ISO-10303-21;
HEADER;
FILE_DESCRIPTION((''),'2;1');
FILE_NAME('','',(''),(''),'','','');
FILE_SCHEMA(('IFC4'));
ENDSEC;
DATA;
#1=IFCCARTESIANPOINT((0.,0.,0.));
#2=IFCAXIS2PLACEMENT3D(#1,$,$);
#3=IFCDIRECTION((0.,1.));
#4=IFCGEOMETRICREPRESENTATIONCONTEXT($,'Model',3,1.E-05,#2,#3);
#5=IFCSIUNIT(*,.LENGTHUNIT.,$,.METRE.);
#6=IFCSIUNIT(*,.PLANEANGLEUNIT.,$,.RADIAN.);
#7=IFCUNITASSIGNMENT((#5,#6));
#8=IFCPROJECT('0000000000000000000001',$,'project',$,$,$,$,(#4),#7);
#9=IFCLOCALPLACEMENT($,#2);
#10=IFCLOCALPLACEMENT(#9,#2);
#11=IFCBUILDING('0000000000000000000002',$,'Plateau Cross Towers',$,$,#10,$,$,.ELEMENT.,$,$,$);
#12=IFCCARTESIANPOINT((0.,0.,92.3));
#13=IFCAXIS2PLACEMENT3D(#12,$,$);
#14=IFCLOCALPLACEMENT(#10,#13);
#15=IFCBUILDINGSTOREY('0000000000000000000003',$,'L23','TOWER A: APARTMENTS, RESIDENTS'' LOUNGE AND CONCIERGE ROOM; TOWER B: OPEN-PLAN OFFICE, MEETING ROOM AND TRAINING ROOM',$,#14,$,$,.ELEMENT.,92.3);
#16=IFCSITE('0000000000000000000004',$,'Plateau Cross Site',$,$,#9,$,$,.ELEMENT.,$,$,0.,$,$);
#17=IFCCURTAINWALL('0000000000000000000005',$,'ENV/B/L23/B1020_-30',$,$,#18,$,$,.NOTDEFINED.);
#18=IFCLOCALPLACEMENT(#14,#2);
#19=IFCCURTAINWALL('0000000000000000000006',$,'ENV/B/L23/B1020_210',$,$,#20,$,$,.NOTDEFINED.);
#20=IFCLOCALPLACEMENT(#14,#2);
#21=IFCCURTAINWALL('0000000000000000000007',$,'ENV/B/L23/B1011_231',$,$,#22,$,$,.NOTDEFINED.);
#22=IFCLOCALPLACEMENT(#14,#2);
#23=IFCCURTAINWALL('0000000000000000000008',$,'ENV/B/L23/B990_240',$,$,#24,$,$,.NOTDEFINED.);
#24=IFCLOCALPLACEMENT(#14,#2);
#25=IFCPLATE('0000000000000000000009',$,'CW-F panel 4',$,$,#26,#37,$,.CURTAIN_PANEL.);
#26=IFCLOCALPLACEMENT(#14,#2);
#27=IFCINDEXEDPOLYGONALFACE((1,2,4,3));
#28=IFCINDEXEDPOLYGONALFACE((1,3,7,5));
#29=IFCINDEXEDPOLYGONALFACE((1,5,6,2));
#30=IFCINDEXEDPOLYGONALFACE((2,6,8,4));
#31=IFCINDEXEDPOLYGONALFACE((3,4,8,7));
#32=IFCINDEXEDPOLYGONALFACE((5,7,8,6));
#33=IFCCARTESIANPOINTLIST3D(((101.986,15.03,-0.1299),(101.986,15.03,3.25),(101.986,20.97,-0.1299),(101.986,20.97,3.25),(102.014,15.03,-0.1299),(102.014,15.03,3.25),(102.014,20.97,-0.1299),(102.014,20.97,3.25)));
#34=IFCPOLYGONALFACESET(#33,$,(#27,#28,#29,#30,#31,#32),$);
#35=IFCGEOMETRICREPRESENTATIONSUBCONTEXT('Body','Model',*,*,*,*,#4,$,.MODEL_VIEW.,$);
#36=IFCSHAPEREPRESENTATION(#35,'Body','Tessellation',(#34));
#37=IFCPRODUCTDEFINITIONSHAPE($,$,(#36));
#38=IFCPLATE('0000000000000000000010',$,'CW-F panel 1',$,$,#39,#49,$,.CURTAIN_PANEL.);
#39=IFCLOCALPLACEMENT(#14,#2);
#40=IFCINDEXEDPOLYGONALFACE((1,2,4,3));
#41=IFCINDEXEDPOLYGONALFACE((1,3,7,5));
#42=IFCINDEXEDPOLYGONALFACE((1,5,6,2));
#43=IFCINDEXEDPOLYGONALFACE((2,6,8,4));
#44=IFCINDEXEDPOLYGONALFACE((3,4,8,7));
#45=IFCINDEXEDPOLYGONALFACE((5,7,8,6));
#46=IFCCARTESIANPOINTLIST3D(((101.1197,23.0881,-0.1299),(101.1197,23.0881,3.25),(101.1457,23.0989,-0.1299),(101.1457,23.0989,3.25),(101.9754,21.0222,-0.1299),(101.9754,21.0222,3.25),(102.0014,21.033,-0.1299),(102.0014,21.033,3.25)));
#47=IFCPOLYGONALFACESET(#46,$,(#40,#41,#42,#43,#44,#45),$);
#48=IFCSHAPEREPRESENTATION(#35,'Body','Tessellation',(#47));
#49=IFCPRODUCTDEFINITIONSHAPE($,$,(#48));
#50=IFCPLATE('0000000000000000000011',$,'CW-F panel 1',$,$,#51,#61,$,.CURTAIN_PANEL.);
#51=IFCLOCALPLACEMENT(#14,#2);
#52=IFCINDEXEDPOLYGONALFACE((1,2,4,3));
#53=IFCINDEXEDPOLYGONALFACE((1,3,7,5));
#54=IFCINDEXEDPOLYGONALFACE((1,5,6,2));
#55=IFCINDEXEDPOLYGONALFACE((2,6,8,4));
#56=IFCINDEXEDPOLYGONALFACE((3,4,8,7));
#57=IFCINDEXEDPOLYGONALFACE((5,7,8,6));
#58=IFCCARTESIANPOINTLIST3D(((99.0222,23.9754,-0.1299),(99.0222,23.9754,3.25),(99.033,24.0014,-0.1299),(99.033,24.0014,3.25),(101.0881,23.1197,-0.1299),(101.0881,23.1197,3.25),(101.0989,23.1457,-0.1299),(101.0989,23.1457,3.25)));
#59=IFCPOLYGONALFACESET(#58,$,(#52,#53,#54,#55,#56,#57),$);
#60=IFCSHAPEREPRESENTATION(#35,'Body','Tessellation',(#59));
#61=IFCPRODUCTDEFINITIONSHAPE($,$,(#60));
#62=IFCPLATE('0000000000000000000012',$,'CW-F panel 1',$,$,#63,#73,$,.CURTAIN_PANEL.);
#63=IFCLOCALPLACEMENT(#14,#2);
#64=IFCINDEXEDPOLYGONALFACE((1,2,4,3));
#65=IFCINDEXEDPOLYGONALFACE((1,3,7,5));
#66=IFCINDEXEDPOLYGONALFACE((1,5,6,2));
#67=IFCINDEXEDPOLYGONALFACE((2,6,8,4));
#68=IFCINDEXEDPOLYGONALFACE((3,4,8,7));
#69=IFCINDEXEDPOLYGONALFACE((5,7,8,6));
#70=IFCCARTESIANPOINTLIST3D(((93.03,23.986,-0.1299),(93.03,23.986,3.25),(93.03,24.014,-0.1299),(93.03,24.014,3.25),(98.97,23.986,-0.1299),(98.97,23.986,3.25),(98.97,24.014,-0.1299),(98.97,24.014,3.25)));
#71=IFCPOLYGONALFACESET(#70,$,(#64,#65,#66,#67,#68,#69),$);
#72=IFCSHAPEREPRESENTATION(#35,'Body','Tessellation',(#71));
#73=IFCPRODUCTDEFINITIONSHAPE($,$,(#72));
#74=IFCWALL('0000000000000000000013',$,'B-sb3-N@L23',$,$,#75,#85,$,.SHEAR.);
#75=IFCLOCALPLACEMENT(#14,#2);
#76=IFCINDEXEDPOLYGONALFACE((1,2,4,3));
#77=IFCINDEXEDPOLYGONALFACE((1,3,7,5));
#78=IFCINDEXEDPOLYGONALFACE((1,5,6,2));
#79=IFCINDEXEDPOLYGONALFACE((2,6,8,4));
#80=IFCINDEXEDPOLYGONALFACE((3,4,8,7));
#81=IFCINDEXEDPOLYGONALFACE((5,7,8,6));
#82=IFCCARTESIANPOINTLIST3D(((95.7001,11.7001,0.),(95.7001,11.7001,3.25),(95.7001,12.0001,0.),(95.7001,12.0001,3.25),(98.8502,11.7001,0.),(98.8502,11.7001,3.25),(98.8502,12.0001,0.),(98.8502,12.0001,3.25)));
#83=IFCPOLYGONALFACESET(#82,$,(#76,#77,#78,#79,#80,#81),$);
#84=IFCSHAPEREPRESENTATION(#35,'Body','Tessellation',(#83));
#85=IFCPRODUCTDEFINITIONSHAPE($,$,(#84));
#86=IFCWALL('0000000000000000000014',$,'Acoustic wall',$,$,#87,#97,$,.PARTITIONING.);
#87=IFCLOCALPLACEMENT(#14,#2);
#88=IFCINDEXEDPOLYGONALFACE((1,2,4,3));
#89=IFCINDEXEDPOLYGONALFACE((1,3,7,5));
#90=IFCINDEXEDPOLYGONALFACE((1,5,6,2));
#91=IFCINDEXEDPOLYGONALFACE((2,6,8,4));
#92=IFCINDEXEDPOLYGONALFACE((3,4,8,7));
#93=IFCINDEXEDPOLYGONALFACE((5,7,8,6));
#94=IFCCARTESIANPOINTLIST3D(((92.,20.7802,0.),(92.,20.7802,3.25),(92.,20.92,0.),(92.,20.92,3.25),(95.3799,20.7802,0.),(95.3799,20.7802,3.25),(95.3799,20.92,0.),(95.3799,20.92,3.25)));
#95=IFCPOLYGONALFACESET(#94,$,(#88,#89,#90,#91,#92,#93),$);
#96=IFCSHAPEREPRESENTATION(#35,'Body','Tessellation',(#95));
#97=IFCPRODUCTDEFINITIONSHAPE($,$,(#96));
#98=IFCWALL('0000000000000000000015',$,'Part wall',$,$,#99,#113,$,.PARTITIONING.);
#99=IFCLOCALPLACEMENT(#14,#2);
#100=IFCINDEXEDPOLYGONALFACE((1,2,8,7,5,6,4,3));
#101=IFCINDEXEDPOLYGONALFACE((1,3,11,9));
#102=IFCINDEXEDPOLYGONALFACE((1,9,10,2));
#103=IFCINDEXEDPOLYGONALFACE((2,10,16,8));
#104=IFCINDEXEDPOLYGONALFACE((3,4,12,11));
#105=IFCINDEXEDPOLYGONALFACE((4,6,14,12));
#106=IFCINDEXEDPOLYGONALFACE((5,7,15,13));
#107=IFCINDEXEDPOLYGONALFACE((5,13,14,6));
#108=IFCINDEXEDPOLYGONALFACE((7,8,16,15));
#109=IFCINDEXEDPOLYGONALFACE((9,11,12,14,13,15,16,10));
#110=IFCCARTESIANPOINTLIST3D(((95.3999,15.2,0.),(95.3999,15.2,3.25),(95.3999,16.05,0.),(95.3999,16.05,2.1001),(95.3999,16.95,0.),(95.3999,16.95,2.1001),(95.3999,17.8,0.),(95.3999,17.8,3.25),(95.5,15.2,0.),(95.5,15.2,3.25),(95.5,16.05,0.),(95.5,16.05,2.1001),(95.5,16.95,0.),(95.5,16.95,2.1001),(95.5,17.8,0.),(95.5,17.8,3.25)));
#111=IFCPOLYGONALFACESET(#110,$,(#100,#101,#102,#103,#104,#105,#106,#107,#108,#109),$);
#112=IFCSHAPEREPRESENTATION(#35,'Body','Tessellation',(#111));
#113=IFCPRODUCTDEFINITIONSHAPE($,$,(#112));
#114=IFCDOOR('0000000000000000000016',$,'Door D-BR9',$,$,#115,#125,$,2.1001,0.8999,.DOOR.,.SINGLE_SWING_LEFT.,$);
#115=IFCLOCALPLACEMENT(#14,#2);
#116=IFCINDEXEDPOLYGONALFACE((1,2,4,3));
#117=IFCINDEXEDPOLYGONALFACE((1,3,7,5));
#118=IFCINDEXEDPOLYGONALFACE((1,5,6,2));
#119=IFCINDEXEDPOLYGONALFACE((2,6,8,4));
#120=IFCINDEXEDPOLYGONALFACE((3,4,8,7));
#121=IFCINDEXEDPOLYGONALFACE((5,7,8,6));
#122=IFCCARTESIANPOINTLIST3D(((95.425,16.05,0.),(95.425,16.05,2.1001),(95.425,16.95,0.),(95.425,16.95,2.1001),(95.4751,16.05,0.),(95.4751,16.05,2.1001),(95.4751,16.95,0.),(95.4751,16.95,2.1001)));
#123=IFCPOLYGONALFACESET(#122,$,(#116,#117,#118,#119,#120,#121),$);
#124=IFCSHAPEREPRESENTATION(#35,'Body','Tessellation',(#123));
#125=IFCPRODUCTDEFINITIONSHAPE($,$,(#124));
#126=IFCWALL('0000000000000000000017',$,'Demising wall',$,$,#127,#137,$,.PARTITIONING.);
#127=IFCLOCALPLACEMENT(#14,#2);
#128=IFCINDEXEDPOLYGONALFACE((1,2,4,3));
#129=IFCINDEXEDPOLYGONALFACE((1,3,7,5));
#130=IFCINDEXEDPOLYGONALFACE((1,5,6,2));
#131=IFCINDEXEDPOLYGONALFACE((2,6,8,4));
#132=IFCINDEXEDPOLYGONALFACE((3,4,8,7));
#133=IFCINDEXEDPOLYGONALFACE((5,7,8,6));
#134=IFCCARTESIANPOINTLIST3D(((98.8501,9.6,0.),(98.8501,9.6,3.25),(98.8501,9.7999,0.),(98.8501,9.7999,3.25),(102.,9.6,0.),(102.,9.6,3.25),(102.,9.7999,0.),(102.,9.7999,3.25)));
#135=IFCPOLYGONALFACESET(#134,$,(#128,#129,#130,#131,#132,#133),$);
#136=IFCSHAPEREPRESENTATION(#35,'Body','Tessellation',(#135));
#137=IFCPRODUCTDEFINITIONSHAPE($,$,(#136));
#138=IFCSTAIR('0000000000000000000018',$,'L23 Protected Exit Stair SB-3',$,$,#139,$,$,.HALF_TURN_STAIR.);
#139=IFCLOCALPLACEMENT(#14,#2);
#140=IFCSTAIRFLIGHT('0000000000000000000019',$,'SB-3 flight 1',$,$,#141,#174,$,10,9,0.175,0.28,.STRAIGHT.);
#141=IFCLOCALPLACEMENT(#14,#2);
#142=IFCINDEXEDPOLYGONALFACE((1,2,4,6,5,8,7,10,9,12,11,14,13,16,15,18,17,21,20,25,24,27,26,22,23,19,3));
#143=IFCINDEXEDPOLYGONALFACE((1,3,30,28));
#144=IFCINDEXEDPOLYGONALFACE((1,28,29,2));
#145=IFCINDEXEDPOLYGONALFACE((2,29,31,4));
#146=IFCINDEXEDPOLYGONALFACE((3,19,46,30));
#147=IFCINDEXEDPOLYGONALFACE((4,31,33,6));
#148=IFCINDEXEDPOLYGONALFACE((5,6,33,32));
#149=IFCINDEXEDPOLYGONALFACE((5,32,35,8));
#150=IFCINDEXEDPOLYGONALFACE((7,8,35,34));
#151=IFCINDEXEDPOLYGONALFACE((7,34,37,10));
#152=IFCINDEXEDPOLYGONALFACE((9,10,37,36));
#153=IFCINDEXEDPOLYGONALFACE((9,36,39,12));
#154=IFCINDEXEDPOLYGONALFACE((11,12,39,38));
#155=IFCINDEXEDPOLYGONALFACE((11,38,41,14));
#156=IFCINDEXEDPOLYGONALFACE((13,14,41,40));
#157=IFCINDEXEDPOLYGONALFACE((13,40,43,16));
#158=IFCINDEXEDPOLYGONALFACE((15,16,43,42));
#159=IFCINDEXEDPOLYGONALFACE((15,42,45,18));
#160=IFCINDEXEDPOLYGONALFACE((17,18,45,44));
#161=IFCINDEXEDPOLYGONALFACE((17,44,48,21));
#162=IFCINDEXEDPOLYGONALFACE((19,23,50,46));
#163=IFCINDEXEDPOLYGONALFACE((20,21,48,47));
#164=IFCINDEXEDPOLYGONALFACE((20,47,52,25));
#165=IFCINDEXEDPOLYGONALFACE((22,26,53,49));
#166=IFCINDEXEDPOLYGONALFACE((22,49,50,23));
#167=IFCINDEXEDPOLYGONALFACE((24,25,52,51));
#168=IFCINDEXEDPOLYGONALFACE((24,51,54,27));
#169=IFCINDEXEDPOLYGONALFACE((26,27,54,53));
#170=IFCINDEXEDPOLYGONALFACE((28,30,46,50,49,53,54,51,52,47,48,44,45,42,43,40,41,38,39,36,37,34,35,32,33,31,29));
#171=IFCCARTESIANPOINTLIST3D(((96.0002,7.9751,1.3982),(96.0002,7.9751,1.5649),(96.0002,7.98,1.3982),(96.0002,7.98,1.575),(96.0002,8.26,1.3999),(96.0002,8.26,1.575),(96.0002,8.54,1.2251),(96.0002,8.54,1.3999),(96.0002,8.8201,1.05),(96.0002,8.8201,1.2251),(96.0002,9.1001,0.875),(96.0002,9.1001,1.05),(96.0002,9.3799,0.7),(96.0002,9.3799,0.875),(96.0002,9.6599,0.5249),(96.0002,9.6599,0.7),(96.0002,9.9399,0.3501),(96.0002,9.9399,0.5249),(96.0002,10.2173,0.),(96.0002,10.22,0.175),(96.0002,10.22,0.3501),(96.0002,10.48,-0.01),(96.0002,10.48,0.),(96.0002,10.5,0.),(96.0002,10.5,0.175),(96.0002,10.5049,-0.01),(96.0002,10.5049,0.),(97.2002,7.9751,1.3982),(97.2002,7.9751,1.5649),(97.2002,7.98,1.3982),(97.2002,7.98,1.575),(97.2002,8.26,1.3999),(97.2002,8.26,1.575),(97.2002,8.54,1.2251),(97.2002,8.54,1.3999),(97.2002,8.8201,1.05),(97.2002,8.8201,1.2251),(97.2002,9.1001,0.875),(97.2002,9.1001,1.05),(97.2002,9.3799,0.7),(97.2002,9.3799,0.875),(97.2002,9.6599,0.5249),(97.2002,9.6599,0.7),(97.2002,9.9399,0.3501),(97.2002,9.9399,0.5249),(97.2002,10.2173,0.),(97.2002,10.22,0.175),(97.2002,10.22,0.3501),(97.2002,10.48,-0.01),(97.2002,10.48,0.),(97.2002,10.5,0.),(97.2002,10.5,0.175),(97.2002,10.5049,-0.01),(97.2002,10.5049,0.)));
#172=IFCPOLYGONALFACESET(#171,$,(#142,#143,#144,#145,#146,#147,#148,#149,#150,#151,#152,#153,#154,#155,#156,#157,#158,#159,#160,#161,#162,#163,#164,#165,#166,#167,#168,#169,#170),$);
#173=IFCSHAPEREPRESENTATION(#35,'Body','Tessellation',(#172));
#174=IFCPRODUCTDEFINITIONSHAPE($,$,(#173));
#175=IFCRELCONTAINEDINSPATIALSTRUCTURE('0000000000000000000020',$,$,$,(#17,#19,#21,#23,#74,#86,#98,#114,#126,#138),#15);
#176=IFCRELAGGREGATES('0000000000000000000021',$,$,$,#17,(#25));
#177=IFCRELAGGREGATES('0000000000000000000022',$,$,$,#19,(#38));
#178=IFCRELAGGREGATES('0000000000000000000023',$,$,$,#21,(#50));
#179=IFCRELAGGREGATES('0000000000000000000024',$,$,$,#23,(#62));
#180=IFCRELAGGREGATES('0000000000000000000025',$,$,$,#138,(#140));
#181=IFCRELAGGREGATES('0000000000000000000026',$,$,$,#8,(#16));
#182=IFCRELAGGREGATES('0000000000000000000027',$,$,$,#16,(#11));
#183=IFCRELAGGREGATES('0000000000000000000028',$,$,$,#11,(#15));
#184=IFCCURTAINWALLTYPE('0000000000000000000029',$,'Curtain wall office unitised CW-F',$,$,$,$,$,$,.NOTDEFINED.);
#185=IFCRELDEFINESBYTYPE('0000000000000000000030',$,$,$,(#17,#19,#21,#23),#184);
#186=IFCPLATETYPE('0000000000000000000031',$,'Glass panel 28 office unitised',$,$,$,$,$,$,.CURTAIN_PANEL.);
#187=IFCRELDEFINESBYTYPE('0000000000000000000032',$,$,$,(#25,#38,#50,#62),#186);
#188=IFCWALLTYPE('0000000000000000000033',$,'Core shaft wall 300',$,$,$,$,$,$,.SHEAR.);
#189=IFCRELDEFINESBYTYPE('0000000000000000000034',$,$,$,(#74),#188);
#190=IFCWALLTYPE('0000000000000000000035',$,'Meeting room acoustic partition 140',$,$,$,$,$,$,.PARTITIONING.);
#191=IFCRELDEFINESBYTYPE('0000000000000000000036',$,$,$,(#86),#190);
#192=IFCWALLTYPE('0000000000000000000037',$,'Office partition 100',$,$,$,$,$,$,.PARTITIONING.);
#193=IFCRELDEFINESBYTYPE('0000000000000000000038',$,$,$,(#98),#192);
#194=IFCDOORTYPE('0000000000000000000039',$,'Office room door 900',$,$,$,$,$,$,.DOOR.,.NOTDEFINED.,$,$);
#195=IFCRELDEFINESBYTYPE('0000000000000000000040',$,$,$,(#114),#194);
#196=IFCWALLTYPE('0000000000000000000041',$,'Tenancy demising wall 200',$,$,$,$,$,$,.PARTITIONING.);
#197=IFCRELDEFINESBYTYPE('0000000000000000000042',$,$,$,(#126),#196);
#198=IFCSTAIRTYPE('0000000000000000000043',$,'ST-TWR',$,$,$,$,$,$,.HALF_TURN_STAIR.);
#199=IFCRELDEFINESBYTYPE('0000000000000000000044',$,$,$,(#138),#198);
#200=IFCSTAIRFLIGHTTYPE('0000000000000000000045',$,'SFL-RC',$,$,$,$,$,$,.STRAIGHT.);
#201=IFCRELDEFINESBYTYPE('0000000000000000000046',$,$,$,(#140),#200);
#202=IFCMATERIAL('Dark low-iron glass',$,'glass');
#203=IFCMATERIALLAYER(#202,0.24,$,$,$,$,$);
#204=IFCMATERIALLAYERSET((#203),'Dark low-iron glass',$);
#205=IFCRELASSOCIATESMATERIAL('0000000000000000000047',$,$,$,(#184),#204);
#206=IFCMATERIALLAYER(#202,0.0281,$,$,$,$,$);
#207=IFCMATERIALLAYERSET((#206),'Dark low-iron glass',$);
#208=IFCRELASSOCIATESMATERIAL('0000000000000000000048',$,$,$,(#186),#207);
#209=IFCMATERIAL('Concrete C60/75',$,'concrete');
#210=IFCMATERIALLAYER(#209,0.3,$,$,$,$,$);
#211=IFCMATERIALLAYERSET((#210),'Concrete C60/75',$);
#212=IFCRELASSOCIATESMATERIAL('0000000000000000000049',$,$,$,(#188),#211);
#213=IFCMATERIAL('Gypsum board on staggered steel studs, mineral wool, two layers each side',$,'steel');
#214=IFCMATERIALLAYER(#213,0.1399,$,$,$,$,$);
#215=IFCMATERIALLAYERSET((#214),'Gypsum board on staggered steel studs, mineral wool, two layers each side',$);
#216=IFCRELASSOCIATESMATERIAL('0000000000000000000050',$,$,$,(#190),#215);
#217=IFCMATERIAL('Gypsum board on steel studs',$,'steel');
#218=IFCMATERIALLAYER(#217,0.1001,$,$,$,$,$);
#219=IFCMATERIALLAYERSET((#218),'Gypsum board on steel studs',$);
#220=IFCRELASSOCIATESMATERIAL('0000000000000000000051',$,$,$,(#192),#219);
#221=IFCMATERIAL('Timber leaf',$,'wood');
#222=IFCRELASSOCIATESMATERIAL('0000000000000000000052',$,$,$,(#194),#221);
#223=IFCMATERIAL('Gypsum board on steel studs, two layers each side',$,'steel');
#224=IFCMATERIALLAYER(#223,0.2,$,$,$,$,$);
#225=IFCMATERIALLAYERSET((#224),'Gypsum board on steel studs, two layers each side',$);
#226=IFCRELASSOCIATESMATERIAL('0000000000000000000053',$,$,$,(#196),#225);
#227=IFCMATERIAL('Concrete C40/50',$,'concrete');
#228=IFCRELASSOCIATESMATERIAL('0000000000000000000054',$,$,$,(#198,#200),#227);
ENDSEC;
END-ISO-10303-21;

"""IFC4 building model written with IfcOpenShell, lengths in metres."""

from ifc_helpers import new_model, si_unit, direction, frame, frame_2d, origin, origin_2d, place, context, subcontext, project, spatial, polyline, rectangle, outline, extrude, material, layer, layer_set, type_object, element, fill, aggregate, save


model = new_model("IFC4")

# Units and contexts
model_context = context("Model", 3, precision=1e-05, world=origin(), true_north=direction((0.0, 1.0)))
body_context = subcontext(model_context, "Body", "Model", "MODEL_VIEW")
ifc_project = project(units=[si_unit("LENGTHUNIT", "METRE"), si_unit("PLANEANGLEUNIT", "RADIAN")], contexts=[model_context])

# Site, building, storey
site_placement = place(None, origin())
site = spatial("IfcSite", under=ifc_project, at=site_placement, Name="Plateau Cross Site", CompositionType="ELEMENT", RefElevation=0.0)
building_placement = place(site_placement, origin())
building = spatial("IfcBuilding", under=site, at=building_placement, Name="Plateau Cross Towers", CompositionType="ELEMENT")
storey_placement = place(building_placement, frame((0.0, 0.0, 92.3)))
storey = spatial("IfcBuildingStorey", under=building, at=storey_placement, Name="L23", Description="TOWER A: APARTMENTS, RESIDENTS' LOUNGE AND CONCIERGE ROOM; TOWER B: OPEN-PLAN OFFICE, MEETING ROOM AND TRAINING ROOM", CompositionType="ELEMENT", Elevation=92.3)

# Shared definitions
ifc_material_1 = material(Name="Concrete C60/75", Category="concrete")

# Curtain wall
ifc_material_2 = material(Name="Dark low-iron glass", Category="glass")
ifc_layer_1 = layer(ifc_material_2, 0.24)
ifc_layer_set_1 = layer_set([ifc_layer_1], Name="Dark low-iron glass")
curtain_wall_type = type_object("IfcCurtainWallType", Name="Curtain wall office unitised CW-F", PredefinedType="NOTDEFINED", material=ifc_layer_set_1)
curtain_wall_1_placement = place(storey_placement, origin())
curtain_wall_1 = element("IfcCurtainWall", 1, at=curtain_wall_1_placement, inside=storey, type_object=curtain_wall_type, Name="ENV/B/L23/B1020_-30", PredefinedType="NOTDEFINED")

# Curtain walls
curtain_wall_2_placement = place(storey_placement, origin())
curtain_wall_2 = element("IfcCurtainWall", 2, at=curtain_wall_2_placement, inside=storey, type_object=curtain_wall_type, Name="ENV/B/L23/B1020_210", PredefinedType="NOTDEFINED")
curtain_wall_3_placement = place(storey_placement, origin())
curtain_wall_3 = element("IfcCurtainWall", 3, at=curtain_wall_3_placement, inside=storey, type_object=curtain_wall_type, Name="ENV/B/L23/B1011_231", PredefinedType="NOTDEFINED")

# Curtain wall
curtain_wall_4_placement = place(storey_placement, origin())
curtain_wall_4 = element("IfcCurtainWall", 4, at=curtain_wall_4_placement, inside=storey, type_object=curtain_wall_type, Name="ENV/B/L23/B990_240", PredefinedType="NOTDEFINED")

# Plates
ifc_layer_2 = layer(ifc_material_2, 0.0281)
ifc_layer_set_2 = layer_set([ifc_layer_2], Name="Dark low-iron glass")
plate_type = type_object("IfcPlateType", Name="Glass panel 28 office unitised", PredefinedType="CURTAIN_PANEL", material=ifc_layer_set_2)
plate_1_placement = place(storey_placement, frame((102.0, 18.0, -0.1299), z_axis=(0.0, 0.0, 1.0), x_axis=(0.0, 1.0, 0.0)))
plate_1 = element("IfcPlate", 5, at=plate_1_placement, type_object=plate_type, Name="CW-F panel 4", PredefinedType="CURTAIN_PANEL", context=body_context, shape_type="SweptSolid", body=[
    extrude(rectangle(XDim=5.9399, YDim=0.0281, at=origin_2d()), origin(), (0.0, 0.0, 1.0), 3.3799),
])
aggregate(curtain_wall_1, [plate_1])
plate_2_placement = place(storey_placement, frame((101.5605, 22.0605, -0.1299), z_axis=(0.0, 0.0, 1.0), x_axis=(-0.382684, 0.923879, 0.0)))
plate_2 = element("IfcPlate", 6, at=plate_2_placement, type_object=plate_type, Name="CW-F panel 1", PredefinedType="CURTAIN_PANEL", context=body_context, shape_type="SweptSolid", body=[
    extrude(rectangle(XDim=2.2361, YDim=0.0281, at=origin_2d()), origin(), (0.0, 0.0, 1.0), 3.3799),
])
aggregate(curtain_wall_2, [plate_2])
plate_3_placement = place(storey_placement, frame((100.0605, 23.5605, -0.1299), z_axis=(0.0, 0.0, 1.0), x_axis=(-0.923879, 0.382684, 0.0)))
plate_3 = element("IfcPlate", 7, at=plate_3_placement, type_object=plate_type, Name="CW-F panel 1", PredefinedType="CURTAIN_PANEL", context=body_context, shape_type="SweptSolid", body=[
    extrude(rectangle(XDim=2.2361, YDim=0.0281, at=origin_2d()), origin(), (0.0, 0.0, 1.0), 3.3799),
])
aggregate(curtain_wall_3, [plate_3])
plate_4_placement = place(storey_placement, frame((96.0, 24.0, -0.1299), z_axis=(0.0, 0.0, 1.0), x_axis=(-1.0, 0.0, 0.0)))
plate_4 = element("IfcPlate", 8, at=plate_4_placement, type_object=plate_type, Name="CW-F panel 1", PredefinedType="CURTAIN_PANEL", context=body_context, shape_type="SweptSolid", body=[
    extrude(rectangle(XDim=5.9399, YDim=0.0281, at=origin_2d()), origin(), (0.0, 0.0, 1.0), 3.3799),
])
aggregate(curtain_wall_4, [plate_4])

# Wall
ifc_layer_3 = layer(ifc_material_1, 0.3)
ifc_layer_set_3 = layer_set([ifc_layer_3], Name="Concrete C60/75")
wall_type_1 = type_object("IfcWallType", Name="Core shaft wall 300", PredefinedType="SHEAR", material=ifc_layer_set_3)
wall_1_placement = place(storey_placement, frame((95.7, 11.8501, 0.0), z_axis=(0.0, 0.0, 1.0), x_axis=(1.0, 0.0, 0.0)))
element("IfcWall", 9, at=wall_1_placement, inside=storey, type_object=wall_type_1, Name="B-sb3-N@L23", PredefinedType="SHEAR", context=body_context, shape_type="SweptSolid", body=[
    extrude(rectangle(XDim=3.1501, YDim=0.3, at=frame_2d((1.5752, 0.0))), origin(), (0.0, 0.0, 1.0), 3.25),
])

# Shared definitions
ifc_material_3 = material(Name="Gypsum board on staggered steel studs, mineral wool, two layers each side", Category="steel")
ifc_layer_4 = layer(ifc_material_3, 0.1399)
ifc_layer_set_4 = layer_set([ifc_layer_4], Name="Gypsum board on staggered steel studs, mineral wool, two layers each side")
wall_type_2 = type_object("IfcWallType", Name="Meeting room acoustic partition 140", PredefinedType="PARTITIONING", material=ifc_layer_set_4)

# Wall
wall_2_placement = place(storey_placement, frame((92.0, 20.8501, 0.0), z_axis=(0.0, 0.0, 1.0), x_axis=(1.0, 0.0, 0.0)))
element("IfcWall", 10, at=wall_2_placement, inside=storey, type_object=wall_type_2, Name="Acoustic wall", PredefinedType="PARTITIONING", context=body_context, shape_type="SweptSolid", body=[
    extrude(rectangle(XDim=3.3799, YDim=0.1399, at=frame_2d((1.6899, 0.0))), origin(), (0.0, 0.0, 1.0), 3.25),
])

# Wall, opening, door
ifc_material_4 = material(Name="Gypsum board on steel studs", Category="steel")
ifc_layer_5 = layer(ifc_material_4, 0.1001)
ifc_layer_set_5 = layer_set([ifc_layer_5], Name="Gypsum board on steel studs")
wall_type_3 = type_object("IfcWallType", Name="Office partition 100", PredefinedType="PARTITIONING", material=ifc_layer_set_5)
wall_3_placement = place(storey_placement, frame((95.45, 15.2, 0.0), z_axis=(0.0, 0.0, 1.0), x_axis=(0.0, 1.0, 0.0)))
wall_3 = element("IfcWall", 11, at=wall_3_placement, inside=storey, type_object=wall_type_3, Name="Part wall", PredefinedType="PARTITIONING", context=body_context, shape_type="SweptSolid", body=[
    extrude(rectangle(XDim=2.6001, YDim=0.1001, at=frame_2d((1.3, 0.0))), origin(), (0.0, 0.0, 1.0), 3.25),
])
opening_1_placement = place(wall_3_placement, frame((0.8501, 0.0, 0.0)))
opening_1 = element("IfcOpeningElement", 12, at=opening_1_placement, cuts=wall_3, PredefinedType="OPENING", context=body_context, shape_type="SweptSolid", body=[
    extrude(rectangle(XDim=0.8999, YDim=2.1001, at=frame_2d((0.45, 1.05))), frame((0.0, 0.0601, 0.0), z_axis=(0.0, -1.0, 0.0), x_axis=(1.0, 0.0, 0.0)), (0.0, 0.0, 1.0), 0.1201),
])
ifc_material_5 = material(Name="Timber leaf", Category="wood")
door_type_1 = type_object("IfcDoorType", Name="Office room door 900", OperationType="NOTDEFINED", PredefinedType="DOOR", material=ifc_material_5)
door_1_placement = place(opening_1_placement, origin())
door_1 = element("IfcDoor", 13, at=door_1_placement, inside=storey, type_object=door_type_1, Name="Door D-BR9", OperationType="SINGLE_SWING_LEFT", OverallHeight=2.1001, OverallWidth=0.8999, PredefinedType="DOOR", context=body_context, shape_type="SweptSolid", body=[
    extrude(rectangle(XDim=0.8999, YDim=2.1001, at=frame_2d((0.45, 1.05))), frame((0.0, 0.0249, 0.0), z_axis=(0.0, -1.0, 0.0), x_axis=(1.0, 0.0, 0.0)), (0.0, 0.0, 1.0), 0.05),
])
fill(opening_1, door_1)

# Wall
ifc_material_6 = material(Name="Gypsum board on steel studs, two layers each side", Category="steel")
ifc_layer_6 = layer(ifc_material_6, 0.2)
ifc_layer_set_6 = layer_set([ifc_layer_6], Name="Gypsum board on steel studs, two layers each side")
wall_type_4 = type_object("IfcWallType", Name="Tenancy demising wall 200", PredefinedType="PARTITIONING", material=ifc_layer_set_6)
wall_4_placement = place(storey_placement, frame((98.8501, 9.7, 0.0), z_axis=(0.0, 0.0, 1.0), x_axis=(1.0, 0.0, 0.0)))
element("IfcWall", 14, at=wall_4_placement, inside=storey, type_object=wall_type_4, Name="Demising wall", PredefinedType="PARTITIONING", context=body_context, shape_type="SweptSolid", body=[
    extrude(rectangle(XDim=3.1499, YDim=0.2, at=frame_2d((1.575, 0.0))), origin(), (0.0, 0.0, 1.0), 3.25),
])

# Stair, stair flight
ifc_material_7 = material(Name="Concrete C40/50", Category="concrete")
stair_type = type_object("IfcStairType", Name="ST-TWR", PredefinedType="HALF_TURN_STAIR", material=ifc_material_7)
stair_placement = place(storey_placement, origin())
stair = element("IfcStair", 15, at=stair_placement, inside=storey, type_object=stair_type, Name="L23 Protected Exit Stair SB-3", PredefinedType="HALF_TURN_STAIR")
stair_flight_type = type_object("IfcStairFlightType", Name="SFL-RC", PredefinedType="STRAIGHT", material=ifc_material_7)
stair_flight_1_placement = place(storey_placement, frame((96.6001, 10.5, 0.0), z_axis=(0.0, 0.0, 1.0), x_axis=(0.0, -1.0, 0.0)))
stair_flight_1 = element("IfcStairFlight", 16, at=stair_flight_1_placement, type_object=stair_flight_type, Name="SB-3 flight 1", NumberOfRisers=10, NumberOfTreads=9, PredefinedType="STRAIGHT", RiserHeight=0.175, TreadLength=0.28, context=body_context, shape_type="SweptSolid", body=[
    extrude(outline(polyline([(-0.0049, -0.01), (-0.0049, 0.0), (0.0, 0.0), (0.0, 0.175), (0.28, 0.175), (0.28, 0.3501), (0.5601, 0.3501), (0.5601, 0.5249), (0.8401, 0.5249), (0.8401, 0.7), (1.1201, 0.7), (1.1201, 0.875), (1.3999, 0.875), (1.3999, 1.05), (1.6799, 1.05), (1.6799, 1.2251), (1.96, 1.2251), (1.96, 1.3999), (2.24, 1.3999), (2.24, 1.575), (2.52, 1.575), (2.5249, 1.5649), (2.5249, 1.3982), (2.52, 1.3982), (0.2827, 0.0), (0.02, 0.0), (0.02, -0.01), (-0.0049, -0.01)])), frame((0.0, 0.6001, 0.0), z_axis=(0.0, -1.0, 0.0), x_axis=(1.0, 0.0, 0.0)), (0.0, 0.0, 1.0), 1.2),
])
aggregate(stair, [stair_flight_1])

save(model, "model.ifc")
